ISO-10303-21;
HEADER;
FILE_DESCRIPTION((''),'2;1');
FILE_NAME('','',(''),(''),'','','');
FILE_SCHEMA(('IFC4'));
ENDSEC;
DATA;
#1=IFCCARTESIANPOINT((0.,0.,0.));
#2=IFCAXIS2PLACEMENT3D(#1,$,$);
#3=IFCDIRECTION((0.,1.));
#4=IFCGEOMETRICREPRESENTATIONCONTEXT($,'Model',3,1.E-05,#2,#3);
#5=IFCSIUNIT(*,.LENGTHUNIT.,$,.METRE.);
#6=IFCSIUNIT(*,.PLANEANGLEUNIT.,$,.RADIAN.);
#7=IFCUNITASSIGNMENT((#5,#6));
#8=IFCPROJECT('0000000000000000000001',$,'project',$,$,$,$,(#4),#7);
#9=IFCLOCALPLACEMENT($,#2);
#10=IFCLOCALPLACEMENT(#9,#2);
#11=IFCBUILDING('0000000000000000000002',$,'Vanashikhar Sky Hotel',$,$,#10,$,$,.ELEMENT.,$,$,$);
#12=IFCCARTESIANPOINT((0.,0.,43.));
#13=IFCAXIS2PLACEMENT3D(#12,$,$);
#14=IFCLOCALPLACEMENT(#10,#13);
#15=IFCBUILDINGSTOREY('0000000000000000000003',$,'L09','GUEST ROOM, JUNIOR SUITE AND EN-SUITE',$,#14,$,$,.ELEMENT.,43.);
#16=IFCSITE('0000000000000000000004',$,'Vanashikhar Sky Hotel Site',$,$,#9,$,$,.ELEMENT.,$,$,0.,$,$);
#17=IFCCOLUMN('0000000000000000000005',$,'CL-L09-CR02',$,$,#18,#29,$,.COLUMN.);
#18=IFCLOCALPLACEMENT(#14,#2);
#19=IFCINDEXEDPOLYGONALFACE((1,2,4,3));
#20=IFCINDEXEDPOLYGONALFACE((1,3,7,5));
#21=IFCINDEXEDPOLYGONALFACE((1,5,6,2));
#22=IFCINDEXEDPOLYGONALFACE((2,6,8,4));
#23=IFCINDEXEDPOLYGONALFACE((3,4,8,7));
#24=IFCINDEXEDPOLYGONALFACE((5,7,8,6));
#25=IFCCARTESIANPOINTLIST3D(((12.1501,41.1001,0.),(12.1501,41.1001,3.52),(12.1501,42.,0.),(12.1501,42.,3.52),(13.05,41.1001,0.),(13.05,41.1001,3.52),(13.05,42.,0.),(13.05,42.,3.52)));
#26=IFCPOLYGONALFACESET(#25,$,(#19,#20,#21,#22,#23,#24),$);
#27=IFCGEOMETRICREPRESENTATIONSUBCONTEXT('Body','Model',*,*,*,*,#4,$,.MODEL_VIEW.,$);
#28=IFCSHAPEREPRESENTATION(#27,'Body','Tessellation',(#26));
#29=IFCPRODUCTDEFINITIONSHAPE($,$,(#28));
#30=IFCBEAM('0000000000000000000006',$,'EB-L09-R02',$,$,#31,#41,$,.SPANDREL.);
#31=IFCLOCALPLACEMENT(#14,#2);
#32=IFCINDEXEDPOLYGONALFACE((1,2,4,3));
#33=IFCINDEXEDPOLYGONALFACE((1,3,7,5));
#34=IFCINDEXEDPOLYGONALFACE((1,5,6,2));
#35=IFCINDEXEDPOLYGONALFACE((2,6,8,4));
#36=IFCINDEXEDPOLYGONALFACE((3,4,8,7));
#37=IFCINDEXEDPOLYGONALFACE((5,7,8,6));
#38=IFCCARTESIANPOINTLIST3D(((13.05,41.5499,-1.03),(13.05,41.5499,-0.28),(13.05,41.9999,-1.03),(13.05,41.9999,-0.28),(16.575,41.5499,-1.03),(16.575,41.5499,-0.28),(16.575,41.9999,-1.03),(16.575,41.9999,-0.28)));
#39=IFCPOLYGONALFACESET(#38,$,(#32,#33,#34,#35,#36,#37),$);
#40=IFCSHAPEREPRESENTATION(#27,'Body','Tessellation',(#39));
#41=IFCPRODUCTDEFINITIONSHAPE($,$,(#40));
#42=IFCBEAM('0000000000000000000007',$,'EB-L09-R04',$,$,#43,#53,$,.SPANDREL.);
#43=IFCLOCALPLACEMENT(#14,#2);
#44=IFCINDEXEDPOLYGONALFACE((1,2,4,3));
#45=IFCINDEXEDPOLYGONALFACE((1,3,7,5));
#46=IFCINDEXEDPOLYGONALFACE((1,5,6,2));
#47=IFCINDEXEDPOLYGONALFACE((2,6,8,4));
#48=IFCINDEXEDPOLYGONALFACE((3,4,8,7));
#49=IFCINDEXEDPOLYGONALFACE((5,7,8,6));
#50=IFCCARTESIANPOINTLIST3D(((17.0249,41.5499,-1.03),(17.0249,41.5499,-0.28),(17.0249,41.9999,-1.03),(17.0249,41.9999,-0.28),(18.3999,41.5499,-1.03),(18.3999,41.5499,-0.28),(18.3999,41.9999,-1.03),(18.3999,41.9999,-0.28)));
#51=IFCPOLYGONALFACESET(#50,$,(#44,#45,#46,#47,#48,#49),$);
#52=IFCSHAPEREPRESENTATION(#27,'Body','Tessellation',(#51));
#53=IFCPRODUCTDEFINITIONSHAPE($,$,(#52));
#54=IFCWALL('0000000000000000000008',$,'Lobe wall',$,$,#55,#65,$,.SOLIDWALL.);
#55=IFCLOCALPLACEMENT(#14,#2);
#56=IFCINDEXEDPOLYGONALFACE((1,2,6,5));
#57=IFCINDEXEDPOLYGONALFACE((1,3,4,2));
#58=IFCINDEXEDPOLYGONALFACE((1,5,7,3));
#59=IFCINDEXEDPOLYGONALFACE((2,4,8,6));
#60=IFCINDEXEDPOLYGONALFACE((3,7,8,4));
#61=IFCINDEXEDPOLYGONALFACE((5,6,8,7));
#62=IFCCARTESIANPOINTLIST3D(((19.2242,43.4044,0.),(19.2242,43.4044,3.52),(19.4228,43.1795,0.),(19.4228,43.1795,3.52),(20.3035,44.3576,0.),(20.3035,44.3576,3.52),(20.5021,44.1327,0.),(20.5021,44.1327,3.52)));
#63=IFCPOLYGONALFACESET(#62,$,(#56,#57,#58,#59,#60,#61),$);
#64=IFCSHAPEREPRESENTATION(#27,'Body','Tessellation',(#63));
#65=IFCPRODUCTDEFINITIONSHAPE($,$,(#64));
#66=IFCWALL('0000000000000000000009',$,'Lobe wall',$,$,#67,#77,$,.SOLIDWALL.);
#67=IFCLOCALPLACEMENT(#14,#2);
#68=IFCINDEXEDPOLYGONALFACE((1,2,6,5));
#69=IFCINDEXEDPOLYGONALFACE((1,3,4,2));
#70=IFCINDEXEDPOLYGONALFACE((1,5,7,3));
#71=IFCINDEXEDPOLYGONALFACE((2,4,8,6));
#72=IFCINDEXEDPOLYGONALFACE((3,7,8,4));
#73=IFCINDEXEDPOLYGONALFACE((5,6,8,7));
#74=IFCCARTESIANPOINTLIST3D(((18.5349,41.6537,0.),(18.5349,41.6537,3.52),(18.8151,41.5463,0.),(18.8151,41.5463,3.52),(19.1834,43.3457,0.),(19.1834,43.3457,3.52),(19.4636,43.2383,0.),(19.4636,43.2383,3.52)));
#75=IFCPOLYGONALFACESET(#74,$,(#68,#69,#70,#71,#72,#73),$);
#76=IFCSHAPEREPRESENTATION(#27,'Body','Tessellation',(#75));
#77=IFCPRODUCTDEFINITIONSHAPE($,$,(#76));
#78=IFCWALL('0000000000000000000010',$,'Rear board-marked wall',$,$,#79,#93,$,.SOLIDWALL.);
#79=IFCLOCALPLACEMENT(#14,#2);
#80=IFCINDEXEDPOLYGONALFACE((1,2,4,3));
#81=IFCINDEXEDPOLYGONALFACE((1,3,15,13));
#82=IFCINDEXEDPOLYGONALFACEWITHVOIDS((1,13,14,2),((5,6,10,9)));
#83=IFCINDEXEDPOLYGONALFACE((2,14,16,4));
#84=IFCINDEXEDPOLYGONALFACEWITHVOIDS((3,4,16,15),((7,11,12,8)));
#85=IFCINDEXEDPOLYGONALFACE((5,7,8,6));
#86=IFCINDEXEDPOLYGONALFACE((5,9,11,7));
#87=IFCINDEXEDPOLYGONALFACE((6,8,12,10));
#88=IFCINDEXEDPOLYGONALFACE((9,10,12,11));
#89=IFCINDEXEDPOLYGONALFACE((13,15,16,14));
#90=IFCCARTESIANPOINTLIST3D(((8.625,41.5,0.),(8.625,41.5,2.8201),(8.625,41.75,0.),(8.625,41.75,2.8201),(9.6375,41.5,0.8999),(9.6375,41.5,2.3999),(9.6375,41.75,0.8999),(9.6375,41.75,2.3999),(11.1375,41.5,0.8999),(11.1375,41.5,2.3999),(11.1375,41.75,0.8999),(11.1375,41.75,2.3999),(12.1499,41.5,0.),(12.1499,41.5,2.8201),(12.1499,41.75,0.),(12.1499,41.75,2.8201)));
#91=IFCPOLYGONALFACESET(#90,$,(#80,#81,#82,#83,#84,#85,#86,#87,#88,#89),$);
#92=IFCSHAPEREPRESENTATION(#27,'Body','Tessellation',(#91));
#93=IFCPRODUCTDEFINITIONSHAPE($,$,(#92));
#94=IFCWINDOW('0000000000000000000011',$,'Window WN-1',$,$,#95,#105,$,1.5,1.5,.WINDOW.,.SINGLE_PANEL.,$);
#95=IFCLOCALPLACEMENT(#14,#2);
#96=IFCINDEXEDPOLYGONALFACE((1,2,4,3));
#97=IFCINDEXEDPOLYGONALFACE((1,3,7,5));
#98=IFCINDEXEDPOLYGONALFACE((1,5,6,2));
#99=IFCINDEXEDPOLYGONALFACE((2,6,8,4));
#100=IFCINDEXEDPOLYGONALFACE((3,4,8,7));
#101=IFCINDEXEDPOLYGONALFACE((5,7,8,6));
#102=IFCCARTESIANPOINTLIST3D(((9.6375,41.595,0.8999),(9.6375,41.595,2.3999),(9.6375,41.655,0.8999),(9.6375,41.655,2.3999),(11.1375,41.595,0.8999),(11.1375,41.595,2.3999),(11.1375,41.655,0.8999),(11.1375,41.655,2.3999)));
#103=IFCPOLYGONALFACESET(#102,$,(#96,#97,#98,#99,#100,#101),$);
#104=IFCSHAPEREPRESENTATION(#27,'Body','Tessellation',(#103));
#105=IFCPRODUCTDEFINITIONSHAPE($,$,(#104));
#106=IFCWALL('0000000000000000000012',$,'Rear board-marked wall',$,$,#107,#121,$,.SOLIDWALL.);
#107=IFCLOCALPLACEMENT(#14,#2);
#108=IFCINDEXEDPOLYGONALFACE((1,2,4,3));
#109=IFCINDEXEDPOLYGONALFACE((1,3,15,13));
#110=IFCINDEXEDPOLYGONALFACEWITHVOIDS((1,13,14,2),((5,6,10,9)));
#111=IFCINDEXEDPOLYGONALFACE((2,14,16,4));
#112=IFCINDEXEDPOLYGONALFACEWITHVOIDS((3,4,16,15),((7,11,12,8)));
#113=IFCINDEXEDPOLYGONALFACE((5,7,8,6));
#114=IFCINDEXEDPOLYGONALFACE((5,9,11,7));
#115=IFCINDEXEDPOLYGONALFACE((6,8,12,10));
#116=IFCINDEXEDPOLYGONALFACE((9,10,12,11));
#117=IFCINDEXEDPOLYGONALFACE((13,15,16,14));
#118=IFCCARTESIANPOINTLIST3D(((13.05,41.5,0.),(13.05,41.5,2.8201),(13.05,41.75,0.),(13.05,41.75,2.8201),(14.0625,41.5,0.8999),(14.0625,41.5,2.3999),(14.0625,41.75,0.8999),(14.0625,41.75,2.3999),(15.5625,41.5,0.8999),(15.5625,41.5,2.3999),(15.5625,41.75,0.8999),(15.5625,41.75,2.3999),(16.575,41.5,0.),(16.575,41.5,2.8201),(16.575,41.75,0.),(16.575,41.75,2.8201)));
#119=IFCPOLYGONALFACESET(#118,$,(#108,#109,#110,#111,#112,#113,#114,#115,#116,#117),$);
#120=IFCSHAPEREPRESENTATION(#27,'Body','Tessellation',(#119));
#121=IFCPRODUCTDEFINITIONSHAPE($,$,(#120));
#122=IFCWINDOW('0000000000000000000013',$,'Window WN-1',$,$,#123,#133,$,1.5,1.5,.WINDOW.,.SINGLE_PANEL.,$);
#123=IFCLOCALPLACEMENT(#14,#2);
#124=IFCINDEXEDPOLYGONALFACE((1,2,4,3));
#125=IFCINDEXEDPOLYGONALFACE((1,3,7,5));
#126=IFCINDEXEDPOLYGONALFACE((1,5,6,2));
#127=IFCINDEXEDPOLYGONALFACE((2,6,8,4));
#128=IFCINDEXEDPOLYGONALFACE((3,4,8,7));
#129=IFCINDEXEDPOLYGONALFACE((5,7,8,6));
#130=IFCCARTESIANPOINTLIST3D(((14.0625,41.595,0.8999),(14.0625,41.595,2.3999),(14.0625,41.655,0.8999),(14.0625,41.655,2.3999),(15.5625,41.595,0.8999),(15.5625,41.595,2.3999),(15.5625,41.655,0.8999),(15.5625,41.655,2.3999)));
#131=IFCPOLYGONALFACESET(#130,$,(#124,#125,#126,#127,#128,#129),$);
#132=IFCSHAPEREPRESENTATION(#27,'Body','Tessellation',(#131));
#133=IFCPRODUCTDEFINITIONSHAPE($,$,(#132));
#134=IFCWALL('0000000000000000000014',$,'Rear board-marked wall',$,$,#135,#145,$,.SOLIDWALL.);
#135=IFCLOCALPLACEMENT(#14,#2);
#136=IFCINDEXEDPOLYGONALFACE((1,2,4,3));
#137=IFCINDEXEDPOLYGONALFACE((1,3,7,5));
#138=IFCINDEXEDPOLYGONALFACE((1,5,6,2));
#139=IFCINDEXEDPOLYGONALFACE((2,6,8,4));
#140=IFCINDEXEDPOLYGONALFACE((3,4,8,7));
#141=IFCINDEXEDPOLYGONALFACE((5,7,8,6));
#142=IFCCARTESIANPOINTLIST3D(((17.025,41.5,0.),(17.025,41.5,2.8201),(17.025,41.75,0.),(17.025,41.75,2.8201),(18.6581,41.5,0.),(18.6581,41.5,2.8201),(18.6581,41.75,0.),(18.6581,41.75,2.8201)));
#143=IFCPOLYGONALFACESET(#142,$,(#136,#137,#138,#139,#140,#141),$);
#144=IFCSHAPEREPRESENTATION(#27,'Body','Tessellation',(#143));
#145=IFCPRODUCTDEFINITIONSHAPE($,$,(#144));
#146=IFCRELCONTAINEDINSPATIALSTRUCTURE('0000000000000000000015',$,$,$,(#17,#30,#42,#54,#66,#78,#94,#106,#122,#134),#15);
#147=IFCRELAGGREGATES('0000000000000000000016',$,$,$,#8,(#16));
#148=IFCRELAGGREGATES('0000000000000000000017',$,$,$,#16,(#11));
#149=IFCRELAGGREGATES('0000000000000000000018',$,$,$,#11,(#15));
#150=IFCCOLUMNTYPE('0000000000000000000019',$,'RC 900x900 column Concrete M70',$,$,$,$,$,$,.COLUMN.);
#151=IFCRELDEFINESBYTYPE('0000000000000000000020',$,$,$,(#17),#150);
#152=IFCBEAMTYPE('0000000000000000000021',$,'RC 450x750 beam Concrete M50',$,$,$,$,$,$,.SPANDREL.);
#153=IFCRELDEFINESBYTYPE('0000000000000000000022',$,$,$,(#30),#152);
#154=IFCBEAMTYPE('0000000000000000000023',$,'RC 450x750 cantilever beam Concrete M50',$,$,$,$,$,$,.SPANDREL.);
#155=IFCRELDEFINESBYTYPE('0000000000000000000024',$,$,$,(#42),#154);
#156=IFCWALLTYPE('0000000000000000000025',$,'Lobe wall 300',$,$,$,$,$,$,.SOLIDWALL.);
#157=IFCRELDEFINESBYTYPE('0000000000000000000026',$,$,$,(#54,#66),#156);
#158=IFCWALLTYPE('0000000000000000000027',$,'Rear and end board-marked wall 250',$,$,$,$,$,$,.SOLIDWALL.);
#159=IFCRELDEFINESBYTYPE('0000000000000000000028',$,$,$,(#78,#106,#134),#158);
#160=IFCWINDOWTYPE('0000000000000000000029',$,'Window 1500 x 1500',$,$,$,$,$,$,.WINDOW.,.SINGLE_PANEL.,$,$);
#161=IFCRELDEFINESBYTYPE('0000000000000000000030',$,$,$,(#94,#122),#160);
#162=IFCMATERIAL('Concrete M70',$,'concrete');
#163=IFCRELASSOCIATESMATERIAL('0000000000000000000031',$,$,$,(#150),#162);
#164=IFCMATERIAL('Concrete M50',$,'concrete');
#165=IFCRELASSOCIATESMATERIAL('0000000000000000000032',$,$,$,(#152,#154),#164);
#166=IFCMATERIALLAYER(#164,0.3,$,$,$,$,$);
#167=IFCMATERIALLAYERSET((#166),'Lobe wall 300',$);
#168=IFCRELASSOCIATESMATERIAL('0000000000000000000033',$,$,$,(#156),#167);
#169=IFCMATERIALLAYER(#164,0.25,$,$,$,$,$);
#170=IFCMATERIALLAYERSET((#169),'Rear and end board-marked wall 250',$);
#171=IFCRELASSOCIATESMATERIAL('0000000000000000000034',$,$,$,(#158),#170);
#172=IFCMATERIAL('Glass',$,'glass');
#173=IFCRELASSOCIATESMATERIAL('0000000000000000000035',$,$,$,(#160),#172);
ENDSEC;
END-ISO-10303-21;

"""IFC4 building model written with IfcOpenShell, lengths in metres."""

from ifc_helpers import new_model, si_unit, direction, frame, frame_2d, origin, origin_2d, place, context, subcontext, project, spatial, rectangle, extrude, source, transform, mapped, material, layer, layer_set, material_profile, profile_set, type_object, element, fill, save


model = new_model("IFC4")

# Units and contexts
model_context = context("Model", 3, precision=1e-05, world=origin(), true_north=direction((0.0, 1.0)))
body_context = subcontext(model_context, "Body", "Model", "MODEL_VIEW")
ifc_project = project(units=[si_unit("LENGTHUNIT", "METRE"), si_unit("PLANEANGLEUNIT", "RADIAN")], contexts=[model_context])

# Site, building, storey
site_placement = place(None, origin())
site = spatial("IfcSite", under=ifc_project, at=site_placement, Name="Vanashikhar Sky Hotel Site", CompositionType="ELEMENT", RefElevation=0.0)
building_placement = place(site_placement, origin())
building = spatial("IfcBuilding", under=site, at=building_placement, Name="Vanashikhar Sky Hotel", CompositionType="ELEMENT")
storey_placement = place(building_placement, frame((0.0, 0.0, 43.0)))
storey = spatial("IfcBuildingStorey", under=building, at=storey_placement, Name="L09", Description="GUEST ROOM, JUNIOR SUITE AND EN-SUITE", CompositionType="ELEMENT", Elevation=43.0)

# Column
ifc_material_1 = material(Name="Concrete M70", Category="concrete")
ifc_material_profile_1 = material_profile(ifc_material_1, rectangle(XDim=0.8999, YDim=0.8999, at=origin_2d()))
ifc_profile_set_1 = profile_set([ifc_material_profile_1], Name="RC 900x900 column Concrete M70")
column_type = type_object("IfcColumnType", Name="RC 900x900 column Concrete M70", PredefinedType="COLUMN", material=ifc_profile_set_1)
shared_shape_1 = source(origin(), body_context, "Body", "SweptSolid", [
    extrude(rectangle(XDim=0.8999, YDim=0.8999, at=origin_2d()), origin(), (0.0, 0.0, 1.0), 3.52),
])
column_placement = place(storey_placement, frame((12.6001, 41.55, 0.0), z_axis=(0.0, 0.0, 1.0), x_axis=(1.0, 0.0, 0.0)))
element("IfcColumn", 1, at=column_placement, inside=storey, type_object=column_type, Name="CL-L09-CR02", PredefinedType="COLUMN", context=body_context, shape_type="MappedRepresentation", body=[
    mapped(shared_shape_1, transform((0.0, 0.0, 0.0), scale=1.0)),
])

# Beams
ifc_material_2 = material(Name="Concrete M50", Category="concrete")
ifc_material_profile_2 = material_profile(ifc_material_2, rectangle(XDim=0.45, YDim=0.75, at=origin_2d()))
ifc_profile_set_2 = profile_set([ifc_material_profile_2], Name="RC 450x750 beam Concrete M50")
beam_type_1 = type_object("IfcBeamType", Name="RC 450x750 beam Concrete M50", PredefinedType="SPANDREL", material=ifc_profile_set_2)
shared_shape_2 = source(origin(), body_context, "Body", "SweptSolid", [
    extrude(rectangle(XDim=0.45, YDim=0.75, at=origin_2d()), origin(), (0.0, 0.0, 1.0), 3.5249),
])
beam_1_placement = place(storey_placement, frame((13.05, 41.7749, -0.655), z_axis=(1.0, 0.0, 0.0), x_axis=(0.0, 1.0, 0.0)))
element("IfcBeam", 2, at=beam_1_placement, inside=storey, type_object=beam_type_1, Name="EB-L09-R02", PredefinedType="SPANDREL", context=body_context, shape_type="MappedRepresentation", body=[
    mapped(shared_shape_2, transform((0.0, 0.0, 0.0), scale=1.0)),
])
ifc_material_profile_3 = material_profile(ifc_material_2, rectangle(XDim=0.45, YDim=0.75, at=origin_2d()))
ifc_profile_set_3 = profile_set([ifc_material_profile_3], Name="RC 450x750 cantilever beam Concrete M50")
beam_type_2 = type_object("IfcBeamType", Name="RC 450x750 cantilever beam Concrete M50", PredefinedType="SPANDREL", material=ifc_profile_set_3)
shared_shape_3 = source(origin(), body_context, "Body", "SweptSolid", [
    extrude(rectangle(XDim=0.45, YDim=0.75, at=origin_2d()), origin(), (0.0, 0.0, 1.0), 1.375),
])
beam_2_placement = place(storey_placement, frame((17.0249, 41.7749, -0.655), z_axis=(1.0, 0.0, 0.0), x_axis=(0.0, 1.0, 0.0)))
element("IfcBeam", 3, at=beam_2_placement, inside=storey, type_object=beam_type_2, Name="EB-L09-R04", PredefinedType="SPANDREL", context=body_context, shape_type="MappedRepresentation", body=[
    mapped(shared_shape_3, transform((0.0, 0.0, 0.0), scale=1.0)),
])

# Walls
ifc_layer_1 = layer(ifc_material_2, 0.3)
ifc_layer_set_1 = layer_set([ifc_layer_1], Name="Lobe wall 300")
wall_type_1 = type_object("IfcWallType", Name="Lobe wall 300", PredefinedType="SOLIDWALL", material=ifc_layer_set_1)
shared_shape_4 = source(origin(), body_context, "Body", "SweptSolid", [
    extrude(rectangle(XDim=1.4399, YDim=0.3, at=frame_2d((0.72, 0.0))), origin(), (0.0, 0.0, 1.0), 3.52),
])
wall_1_placement = place(storey_placement, frame((20.4028, 44.2451, 0.0), z_axis=(0.0, 0.0, 1.0), x_axis=(-0.749576, -0.661919, 0.0)))
element("IfcWall", 4, at=wall_1_placement, inside=storey, type_object=wall_type_1, Name="Lobe wall", PredefinedType="SOLIDWALL", context=body_context, shape_type="MappedRepresentation", body=[
    mapped(shared_shape_4, transform((0.0, 0.0, 0.0), scale=1.0)),
])
shared_shape_5 = source(origin(), body_context, "Body", "SweptSolid", [
    extrude(rectangle(XDim=1.812, YDim=0.3, at=frame_2d((0.906, 0.0))), origin(), (0.0, 0.0, 1.0), 3.52),
])
wall_2_placement = place(storey_placement, frame((19.3235, 43.292, 0.0), z_axis=(0.0, 0.0, 1.0), x_axis=(-0.357877, -0.933769, 0.0)))
element("IfcWall", 5, at=wall_2_placement, inside=storey, type_object=wall_type_1, Name="Lobe wall", PredefinedType="SOLIDWALL", context=body_context, shape_type="MappedRepresentation", body=[
    mapped(shared_shape_5, transform((0.0, 0.0, 0.0), scale=1.0)),
])

# Walls, openings, windows
ifc_layer_2 = layer(ifc_material_2, 0.25)
ifc_layer_set_2 = layer_set([ifc_layer_2], Name="Rear and end board-marked wall 250")
wall_type_2 = type_object("IfcWallType", Name="Rear and end board-marked wall 250", PredefinedType="SOLIDWALL", material=ifc_layer_set_2)
shared_shape_6 = source(origin(), body_context, "Body", "SweptSolid", [
    extrude(rectangle(XDim=3.5249, YDim=0.25, at=frame_2d((1.7625, 0.0))), origin(), (0.0, 0.0, 1.0), 2.8201),
])
wall_3_placement = place(storey_placement, frame((12.1499, 41.625, 0.0), z_axis=(0.0, 0.0, 1.0), x_axis=(-1.0, 0.0, 0.0)))
wall_3 = element("IfcWall", 6, at=wall_3_placement, inside=storey, type_object=wall_type_2, Name="Rear board-marked wall", PredefinedType="SOLIDWALL", context=body_context, shape_type="MappedRepresentation", body=[
    mapped(shared_shape_6, transform((0.0, 0.0, 0.0), scale=1.0)),
])
shared_shape_7 = source(origin(), body_context, "Body", "SweptSolid", [
    extrude(rectangle(XDim=1.5, YDim=1.5, at=frame_2d((0.75, 0.75))), frame((0.0, 0.135, 0.0), z_axis=(0.0, -1.0, 0.0), x_axis=(1.0, 0.0, 0.0)), (0.0, 0.0, 1.0), 0.27),
])
opening_1_placement = place(wall_3_placement, frame((1.0125, 0.0, 0.8999)))
opening_1 = element("IfcOpeningElement", 7, at=opening_1_placement, cuts=wall_3, PredefinedType="OPENING", context=body_context, shape_type="MappedRepresentation", body=[
    mapped(shared_shape_7, transform((0.0, 0.0, 0.0), scale=1.0)),
])
ifc_material_3 = material(Name="Glass", Category="glass")
window_type = type_object("IfcWindowType", Name="Window 1500 x 1500", PartitioningType="SINGLE_PANEL", PredefinedType="WINDOW", material=ifc_material_3)
shared_shape_8 = source(origin(), body_context, "Body", "SweptSolid", [
    extrude(rectangle(XDim=1.5, YDim=1.5, at=frame_2d((0.75, 0.75))), frame((0.0, 0.03, 0.0), z_axis=(0.0, -1.0, 0.0), x_axis=(1.0, 0.0, 0.0)), (0.0, 0.0, 1.0), 0.0601),
])
window_1_placement = place(opening_1_placement, origin())
window_1 = element("IfcWindow", 8, at=window_1_placement, inside=storey, type_object=window_type, Name="Window WN-1", OverallHeight=1.5, OverallWidth=1.5, PartitioningType="SINGLE_PANEL", PredefinedType="WINDOW", context=body_context, shape_type="MappedRepresentation", body=[
    mapped(shared_shape_8, transform((0.0, 0.0, 0.0), scale=1.0)),
])
fill(opening_1, window_1)
wall_4_placement = place(storey_placement, frame((16.575, 41.625, 0.0), z_axis=(0.0, 0.0, 1.0), x_axis=(-1.0, 0.0, 0.0)))
wall_4 = element("IfcWall", 9, at=wall_4_placement, inside=storey, type_object=wall_type_2, Name="Rear board-marked wall", PredefinedType="SOLIDWALL", context=body_context, shape_type="MappedRepresentation", body=[
    mapped(shared_shape_6, transform((0.0, 0.0, 0.0), scale=1.0)),
])
opening_2_placement = place(wall_4_placement, frame((1.0125, 0.0, 0.8999)))
opening_2 = element("IfcOpeningElement", 10, at=opening_2_placement, cuts=wall_4, PredefinedType="OPENING", context=body_context, shape_type="MappedRepresentation", body=[
    mapped(shared_shape_7, transform((0.0, 0.0, 0.0), scale=1.0)),
])
window_2_placement = place(opening_2_placement, origin())
window_2 = element("IfcWindow", 11, at=window_2_placement, inside=storey, type_object=window_type, Name="Window WN-1", OverallHeight=1.5, OverallWidth=1.5, PartitioningType="SINGLE_PANEL", PredefinedType="WINDOW", context=body_context, shape_type="MappedRepresentation", body=[
    mapped(shared_shape_8, transform((0.0, 0.0, 0.0), scale=1.0)),
])
fill(opening_2, window_2)

# Wall
shared_shape_9 = source(origin(), body_context, "Body", "SweptSolid", [
    extrude(rectangle(XDim=1.6331, YDim=0.25, at=frame_2d((0.8164, 0.0))), origin(), (0.0, 0.0, 1.0), 2.8201),
])
wall_5_placement = place(storey_placement, frame((18.658, 41.625, 0.0), z_axis=(0.0, 0.0, 1.0), x_axis=(-1.0, 0.0, 0.0)))
element("IfcWall", 12, at=wall_5_placement, inside=storey, type_object=wall_type_2, Name="Rear board-marked wall", PredefinedType="SOLIDWALL", context=body_context, shape_type="MappedRepresentation", body=[
    mapped(shared_shape_9, transform((0.0, 0.0, 0.0), scale=1.0)),
])

save(model, "model.ifc")
